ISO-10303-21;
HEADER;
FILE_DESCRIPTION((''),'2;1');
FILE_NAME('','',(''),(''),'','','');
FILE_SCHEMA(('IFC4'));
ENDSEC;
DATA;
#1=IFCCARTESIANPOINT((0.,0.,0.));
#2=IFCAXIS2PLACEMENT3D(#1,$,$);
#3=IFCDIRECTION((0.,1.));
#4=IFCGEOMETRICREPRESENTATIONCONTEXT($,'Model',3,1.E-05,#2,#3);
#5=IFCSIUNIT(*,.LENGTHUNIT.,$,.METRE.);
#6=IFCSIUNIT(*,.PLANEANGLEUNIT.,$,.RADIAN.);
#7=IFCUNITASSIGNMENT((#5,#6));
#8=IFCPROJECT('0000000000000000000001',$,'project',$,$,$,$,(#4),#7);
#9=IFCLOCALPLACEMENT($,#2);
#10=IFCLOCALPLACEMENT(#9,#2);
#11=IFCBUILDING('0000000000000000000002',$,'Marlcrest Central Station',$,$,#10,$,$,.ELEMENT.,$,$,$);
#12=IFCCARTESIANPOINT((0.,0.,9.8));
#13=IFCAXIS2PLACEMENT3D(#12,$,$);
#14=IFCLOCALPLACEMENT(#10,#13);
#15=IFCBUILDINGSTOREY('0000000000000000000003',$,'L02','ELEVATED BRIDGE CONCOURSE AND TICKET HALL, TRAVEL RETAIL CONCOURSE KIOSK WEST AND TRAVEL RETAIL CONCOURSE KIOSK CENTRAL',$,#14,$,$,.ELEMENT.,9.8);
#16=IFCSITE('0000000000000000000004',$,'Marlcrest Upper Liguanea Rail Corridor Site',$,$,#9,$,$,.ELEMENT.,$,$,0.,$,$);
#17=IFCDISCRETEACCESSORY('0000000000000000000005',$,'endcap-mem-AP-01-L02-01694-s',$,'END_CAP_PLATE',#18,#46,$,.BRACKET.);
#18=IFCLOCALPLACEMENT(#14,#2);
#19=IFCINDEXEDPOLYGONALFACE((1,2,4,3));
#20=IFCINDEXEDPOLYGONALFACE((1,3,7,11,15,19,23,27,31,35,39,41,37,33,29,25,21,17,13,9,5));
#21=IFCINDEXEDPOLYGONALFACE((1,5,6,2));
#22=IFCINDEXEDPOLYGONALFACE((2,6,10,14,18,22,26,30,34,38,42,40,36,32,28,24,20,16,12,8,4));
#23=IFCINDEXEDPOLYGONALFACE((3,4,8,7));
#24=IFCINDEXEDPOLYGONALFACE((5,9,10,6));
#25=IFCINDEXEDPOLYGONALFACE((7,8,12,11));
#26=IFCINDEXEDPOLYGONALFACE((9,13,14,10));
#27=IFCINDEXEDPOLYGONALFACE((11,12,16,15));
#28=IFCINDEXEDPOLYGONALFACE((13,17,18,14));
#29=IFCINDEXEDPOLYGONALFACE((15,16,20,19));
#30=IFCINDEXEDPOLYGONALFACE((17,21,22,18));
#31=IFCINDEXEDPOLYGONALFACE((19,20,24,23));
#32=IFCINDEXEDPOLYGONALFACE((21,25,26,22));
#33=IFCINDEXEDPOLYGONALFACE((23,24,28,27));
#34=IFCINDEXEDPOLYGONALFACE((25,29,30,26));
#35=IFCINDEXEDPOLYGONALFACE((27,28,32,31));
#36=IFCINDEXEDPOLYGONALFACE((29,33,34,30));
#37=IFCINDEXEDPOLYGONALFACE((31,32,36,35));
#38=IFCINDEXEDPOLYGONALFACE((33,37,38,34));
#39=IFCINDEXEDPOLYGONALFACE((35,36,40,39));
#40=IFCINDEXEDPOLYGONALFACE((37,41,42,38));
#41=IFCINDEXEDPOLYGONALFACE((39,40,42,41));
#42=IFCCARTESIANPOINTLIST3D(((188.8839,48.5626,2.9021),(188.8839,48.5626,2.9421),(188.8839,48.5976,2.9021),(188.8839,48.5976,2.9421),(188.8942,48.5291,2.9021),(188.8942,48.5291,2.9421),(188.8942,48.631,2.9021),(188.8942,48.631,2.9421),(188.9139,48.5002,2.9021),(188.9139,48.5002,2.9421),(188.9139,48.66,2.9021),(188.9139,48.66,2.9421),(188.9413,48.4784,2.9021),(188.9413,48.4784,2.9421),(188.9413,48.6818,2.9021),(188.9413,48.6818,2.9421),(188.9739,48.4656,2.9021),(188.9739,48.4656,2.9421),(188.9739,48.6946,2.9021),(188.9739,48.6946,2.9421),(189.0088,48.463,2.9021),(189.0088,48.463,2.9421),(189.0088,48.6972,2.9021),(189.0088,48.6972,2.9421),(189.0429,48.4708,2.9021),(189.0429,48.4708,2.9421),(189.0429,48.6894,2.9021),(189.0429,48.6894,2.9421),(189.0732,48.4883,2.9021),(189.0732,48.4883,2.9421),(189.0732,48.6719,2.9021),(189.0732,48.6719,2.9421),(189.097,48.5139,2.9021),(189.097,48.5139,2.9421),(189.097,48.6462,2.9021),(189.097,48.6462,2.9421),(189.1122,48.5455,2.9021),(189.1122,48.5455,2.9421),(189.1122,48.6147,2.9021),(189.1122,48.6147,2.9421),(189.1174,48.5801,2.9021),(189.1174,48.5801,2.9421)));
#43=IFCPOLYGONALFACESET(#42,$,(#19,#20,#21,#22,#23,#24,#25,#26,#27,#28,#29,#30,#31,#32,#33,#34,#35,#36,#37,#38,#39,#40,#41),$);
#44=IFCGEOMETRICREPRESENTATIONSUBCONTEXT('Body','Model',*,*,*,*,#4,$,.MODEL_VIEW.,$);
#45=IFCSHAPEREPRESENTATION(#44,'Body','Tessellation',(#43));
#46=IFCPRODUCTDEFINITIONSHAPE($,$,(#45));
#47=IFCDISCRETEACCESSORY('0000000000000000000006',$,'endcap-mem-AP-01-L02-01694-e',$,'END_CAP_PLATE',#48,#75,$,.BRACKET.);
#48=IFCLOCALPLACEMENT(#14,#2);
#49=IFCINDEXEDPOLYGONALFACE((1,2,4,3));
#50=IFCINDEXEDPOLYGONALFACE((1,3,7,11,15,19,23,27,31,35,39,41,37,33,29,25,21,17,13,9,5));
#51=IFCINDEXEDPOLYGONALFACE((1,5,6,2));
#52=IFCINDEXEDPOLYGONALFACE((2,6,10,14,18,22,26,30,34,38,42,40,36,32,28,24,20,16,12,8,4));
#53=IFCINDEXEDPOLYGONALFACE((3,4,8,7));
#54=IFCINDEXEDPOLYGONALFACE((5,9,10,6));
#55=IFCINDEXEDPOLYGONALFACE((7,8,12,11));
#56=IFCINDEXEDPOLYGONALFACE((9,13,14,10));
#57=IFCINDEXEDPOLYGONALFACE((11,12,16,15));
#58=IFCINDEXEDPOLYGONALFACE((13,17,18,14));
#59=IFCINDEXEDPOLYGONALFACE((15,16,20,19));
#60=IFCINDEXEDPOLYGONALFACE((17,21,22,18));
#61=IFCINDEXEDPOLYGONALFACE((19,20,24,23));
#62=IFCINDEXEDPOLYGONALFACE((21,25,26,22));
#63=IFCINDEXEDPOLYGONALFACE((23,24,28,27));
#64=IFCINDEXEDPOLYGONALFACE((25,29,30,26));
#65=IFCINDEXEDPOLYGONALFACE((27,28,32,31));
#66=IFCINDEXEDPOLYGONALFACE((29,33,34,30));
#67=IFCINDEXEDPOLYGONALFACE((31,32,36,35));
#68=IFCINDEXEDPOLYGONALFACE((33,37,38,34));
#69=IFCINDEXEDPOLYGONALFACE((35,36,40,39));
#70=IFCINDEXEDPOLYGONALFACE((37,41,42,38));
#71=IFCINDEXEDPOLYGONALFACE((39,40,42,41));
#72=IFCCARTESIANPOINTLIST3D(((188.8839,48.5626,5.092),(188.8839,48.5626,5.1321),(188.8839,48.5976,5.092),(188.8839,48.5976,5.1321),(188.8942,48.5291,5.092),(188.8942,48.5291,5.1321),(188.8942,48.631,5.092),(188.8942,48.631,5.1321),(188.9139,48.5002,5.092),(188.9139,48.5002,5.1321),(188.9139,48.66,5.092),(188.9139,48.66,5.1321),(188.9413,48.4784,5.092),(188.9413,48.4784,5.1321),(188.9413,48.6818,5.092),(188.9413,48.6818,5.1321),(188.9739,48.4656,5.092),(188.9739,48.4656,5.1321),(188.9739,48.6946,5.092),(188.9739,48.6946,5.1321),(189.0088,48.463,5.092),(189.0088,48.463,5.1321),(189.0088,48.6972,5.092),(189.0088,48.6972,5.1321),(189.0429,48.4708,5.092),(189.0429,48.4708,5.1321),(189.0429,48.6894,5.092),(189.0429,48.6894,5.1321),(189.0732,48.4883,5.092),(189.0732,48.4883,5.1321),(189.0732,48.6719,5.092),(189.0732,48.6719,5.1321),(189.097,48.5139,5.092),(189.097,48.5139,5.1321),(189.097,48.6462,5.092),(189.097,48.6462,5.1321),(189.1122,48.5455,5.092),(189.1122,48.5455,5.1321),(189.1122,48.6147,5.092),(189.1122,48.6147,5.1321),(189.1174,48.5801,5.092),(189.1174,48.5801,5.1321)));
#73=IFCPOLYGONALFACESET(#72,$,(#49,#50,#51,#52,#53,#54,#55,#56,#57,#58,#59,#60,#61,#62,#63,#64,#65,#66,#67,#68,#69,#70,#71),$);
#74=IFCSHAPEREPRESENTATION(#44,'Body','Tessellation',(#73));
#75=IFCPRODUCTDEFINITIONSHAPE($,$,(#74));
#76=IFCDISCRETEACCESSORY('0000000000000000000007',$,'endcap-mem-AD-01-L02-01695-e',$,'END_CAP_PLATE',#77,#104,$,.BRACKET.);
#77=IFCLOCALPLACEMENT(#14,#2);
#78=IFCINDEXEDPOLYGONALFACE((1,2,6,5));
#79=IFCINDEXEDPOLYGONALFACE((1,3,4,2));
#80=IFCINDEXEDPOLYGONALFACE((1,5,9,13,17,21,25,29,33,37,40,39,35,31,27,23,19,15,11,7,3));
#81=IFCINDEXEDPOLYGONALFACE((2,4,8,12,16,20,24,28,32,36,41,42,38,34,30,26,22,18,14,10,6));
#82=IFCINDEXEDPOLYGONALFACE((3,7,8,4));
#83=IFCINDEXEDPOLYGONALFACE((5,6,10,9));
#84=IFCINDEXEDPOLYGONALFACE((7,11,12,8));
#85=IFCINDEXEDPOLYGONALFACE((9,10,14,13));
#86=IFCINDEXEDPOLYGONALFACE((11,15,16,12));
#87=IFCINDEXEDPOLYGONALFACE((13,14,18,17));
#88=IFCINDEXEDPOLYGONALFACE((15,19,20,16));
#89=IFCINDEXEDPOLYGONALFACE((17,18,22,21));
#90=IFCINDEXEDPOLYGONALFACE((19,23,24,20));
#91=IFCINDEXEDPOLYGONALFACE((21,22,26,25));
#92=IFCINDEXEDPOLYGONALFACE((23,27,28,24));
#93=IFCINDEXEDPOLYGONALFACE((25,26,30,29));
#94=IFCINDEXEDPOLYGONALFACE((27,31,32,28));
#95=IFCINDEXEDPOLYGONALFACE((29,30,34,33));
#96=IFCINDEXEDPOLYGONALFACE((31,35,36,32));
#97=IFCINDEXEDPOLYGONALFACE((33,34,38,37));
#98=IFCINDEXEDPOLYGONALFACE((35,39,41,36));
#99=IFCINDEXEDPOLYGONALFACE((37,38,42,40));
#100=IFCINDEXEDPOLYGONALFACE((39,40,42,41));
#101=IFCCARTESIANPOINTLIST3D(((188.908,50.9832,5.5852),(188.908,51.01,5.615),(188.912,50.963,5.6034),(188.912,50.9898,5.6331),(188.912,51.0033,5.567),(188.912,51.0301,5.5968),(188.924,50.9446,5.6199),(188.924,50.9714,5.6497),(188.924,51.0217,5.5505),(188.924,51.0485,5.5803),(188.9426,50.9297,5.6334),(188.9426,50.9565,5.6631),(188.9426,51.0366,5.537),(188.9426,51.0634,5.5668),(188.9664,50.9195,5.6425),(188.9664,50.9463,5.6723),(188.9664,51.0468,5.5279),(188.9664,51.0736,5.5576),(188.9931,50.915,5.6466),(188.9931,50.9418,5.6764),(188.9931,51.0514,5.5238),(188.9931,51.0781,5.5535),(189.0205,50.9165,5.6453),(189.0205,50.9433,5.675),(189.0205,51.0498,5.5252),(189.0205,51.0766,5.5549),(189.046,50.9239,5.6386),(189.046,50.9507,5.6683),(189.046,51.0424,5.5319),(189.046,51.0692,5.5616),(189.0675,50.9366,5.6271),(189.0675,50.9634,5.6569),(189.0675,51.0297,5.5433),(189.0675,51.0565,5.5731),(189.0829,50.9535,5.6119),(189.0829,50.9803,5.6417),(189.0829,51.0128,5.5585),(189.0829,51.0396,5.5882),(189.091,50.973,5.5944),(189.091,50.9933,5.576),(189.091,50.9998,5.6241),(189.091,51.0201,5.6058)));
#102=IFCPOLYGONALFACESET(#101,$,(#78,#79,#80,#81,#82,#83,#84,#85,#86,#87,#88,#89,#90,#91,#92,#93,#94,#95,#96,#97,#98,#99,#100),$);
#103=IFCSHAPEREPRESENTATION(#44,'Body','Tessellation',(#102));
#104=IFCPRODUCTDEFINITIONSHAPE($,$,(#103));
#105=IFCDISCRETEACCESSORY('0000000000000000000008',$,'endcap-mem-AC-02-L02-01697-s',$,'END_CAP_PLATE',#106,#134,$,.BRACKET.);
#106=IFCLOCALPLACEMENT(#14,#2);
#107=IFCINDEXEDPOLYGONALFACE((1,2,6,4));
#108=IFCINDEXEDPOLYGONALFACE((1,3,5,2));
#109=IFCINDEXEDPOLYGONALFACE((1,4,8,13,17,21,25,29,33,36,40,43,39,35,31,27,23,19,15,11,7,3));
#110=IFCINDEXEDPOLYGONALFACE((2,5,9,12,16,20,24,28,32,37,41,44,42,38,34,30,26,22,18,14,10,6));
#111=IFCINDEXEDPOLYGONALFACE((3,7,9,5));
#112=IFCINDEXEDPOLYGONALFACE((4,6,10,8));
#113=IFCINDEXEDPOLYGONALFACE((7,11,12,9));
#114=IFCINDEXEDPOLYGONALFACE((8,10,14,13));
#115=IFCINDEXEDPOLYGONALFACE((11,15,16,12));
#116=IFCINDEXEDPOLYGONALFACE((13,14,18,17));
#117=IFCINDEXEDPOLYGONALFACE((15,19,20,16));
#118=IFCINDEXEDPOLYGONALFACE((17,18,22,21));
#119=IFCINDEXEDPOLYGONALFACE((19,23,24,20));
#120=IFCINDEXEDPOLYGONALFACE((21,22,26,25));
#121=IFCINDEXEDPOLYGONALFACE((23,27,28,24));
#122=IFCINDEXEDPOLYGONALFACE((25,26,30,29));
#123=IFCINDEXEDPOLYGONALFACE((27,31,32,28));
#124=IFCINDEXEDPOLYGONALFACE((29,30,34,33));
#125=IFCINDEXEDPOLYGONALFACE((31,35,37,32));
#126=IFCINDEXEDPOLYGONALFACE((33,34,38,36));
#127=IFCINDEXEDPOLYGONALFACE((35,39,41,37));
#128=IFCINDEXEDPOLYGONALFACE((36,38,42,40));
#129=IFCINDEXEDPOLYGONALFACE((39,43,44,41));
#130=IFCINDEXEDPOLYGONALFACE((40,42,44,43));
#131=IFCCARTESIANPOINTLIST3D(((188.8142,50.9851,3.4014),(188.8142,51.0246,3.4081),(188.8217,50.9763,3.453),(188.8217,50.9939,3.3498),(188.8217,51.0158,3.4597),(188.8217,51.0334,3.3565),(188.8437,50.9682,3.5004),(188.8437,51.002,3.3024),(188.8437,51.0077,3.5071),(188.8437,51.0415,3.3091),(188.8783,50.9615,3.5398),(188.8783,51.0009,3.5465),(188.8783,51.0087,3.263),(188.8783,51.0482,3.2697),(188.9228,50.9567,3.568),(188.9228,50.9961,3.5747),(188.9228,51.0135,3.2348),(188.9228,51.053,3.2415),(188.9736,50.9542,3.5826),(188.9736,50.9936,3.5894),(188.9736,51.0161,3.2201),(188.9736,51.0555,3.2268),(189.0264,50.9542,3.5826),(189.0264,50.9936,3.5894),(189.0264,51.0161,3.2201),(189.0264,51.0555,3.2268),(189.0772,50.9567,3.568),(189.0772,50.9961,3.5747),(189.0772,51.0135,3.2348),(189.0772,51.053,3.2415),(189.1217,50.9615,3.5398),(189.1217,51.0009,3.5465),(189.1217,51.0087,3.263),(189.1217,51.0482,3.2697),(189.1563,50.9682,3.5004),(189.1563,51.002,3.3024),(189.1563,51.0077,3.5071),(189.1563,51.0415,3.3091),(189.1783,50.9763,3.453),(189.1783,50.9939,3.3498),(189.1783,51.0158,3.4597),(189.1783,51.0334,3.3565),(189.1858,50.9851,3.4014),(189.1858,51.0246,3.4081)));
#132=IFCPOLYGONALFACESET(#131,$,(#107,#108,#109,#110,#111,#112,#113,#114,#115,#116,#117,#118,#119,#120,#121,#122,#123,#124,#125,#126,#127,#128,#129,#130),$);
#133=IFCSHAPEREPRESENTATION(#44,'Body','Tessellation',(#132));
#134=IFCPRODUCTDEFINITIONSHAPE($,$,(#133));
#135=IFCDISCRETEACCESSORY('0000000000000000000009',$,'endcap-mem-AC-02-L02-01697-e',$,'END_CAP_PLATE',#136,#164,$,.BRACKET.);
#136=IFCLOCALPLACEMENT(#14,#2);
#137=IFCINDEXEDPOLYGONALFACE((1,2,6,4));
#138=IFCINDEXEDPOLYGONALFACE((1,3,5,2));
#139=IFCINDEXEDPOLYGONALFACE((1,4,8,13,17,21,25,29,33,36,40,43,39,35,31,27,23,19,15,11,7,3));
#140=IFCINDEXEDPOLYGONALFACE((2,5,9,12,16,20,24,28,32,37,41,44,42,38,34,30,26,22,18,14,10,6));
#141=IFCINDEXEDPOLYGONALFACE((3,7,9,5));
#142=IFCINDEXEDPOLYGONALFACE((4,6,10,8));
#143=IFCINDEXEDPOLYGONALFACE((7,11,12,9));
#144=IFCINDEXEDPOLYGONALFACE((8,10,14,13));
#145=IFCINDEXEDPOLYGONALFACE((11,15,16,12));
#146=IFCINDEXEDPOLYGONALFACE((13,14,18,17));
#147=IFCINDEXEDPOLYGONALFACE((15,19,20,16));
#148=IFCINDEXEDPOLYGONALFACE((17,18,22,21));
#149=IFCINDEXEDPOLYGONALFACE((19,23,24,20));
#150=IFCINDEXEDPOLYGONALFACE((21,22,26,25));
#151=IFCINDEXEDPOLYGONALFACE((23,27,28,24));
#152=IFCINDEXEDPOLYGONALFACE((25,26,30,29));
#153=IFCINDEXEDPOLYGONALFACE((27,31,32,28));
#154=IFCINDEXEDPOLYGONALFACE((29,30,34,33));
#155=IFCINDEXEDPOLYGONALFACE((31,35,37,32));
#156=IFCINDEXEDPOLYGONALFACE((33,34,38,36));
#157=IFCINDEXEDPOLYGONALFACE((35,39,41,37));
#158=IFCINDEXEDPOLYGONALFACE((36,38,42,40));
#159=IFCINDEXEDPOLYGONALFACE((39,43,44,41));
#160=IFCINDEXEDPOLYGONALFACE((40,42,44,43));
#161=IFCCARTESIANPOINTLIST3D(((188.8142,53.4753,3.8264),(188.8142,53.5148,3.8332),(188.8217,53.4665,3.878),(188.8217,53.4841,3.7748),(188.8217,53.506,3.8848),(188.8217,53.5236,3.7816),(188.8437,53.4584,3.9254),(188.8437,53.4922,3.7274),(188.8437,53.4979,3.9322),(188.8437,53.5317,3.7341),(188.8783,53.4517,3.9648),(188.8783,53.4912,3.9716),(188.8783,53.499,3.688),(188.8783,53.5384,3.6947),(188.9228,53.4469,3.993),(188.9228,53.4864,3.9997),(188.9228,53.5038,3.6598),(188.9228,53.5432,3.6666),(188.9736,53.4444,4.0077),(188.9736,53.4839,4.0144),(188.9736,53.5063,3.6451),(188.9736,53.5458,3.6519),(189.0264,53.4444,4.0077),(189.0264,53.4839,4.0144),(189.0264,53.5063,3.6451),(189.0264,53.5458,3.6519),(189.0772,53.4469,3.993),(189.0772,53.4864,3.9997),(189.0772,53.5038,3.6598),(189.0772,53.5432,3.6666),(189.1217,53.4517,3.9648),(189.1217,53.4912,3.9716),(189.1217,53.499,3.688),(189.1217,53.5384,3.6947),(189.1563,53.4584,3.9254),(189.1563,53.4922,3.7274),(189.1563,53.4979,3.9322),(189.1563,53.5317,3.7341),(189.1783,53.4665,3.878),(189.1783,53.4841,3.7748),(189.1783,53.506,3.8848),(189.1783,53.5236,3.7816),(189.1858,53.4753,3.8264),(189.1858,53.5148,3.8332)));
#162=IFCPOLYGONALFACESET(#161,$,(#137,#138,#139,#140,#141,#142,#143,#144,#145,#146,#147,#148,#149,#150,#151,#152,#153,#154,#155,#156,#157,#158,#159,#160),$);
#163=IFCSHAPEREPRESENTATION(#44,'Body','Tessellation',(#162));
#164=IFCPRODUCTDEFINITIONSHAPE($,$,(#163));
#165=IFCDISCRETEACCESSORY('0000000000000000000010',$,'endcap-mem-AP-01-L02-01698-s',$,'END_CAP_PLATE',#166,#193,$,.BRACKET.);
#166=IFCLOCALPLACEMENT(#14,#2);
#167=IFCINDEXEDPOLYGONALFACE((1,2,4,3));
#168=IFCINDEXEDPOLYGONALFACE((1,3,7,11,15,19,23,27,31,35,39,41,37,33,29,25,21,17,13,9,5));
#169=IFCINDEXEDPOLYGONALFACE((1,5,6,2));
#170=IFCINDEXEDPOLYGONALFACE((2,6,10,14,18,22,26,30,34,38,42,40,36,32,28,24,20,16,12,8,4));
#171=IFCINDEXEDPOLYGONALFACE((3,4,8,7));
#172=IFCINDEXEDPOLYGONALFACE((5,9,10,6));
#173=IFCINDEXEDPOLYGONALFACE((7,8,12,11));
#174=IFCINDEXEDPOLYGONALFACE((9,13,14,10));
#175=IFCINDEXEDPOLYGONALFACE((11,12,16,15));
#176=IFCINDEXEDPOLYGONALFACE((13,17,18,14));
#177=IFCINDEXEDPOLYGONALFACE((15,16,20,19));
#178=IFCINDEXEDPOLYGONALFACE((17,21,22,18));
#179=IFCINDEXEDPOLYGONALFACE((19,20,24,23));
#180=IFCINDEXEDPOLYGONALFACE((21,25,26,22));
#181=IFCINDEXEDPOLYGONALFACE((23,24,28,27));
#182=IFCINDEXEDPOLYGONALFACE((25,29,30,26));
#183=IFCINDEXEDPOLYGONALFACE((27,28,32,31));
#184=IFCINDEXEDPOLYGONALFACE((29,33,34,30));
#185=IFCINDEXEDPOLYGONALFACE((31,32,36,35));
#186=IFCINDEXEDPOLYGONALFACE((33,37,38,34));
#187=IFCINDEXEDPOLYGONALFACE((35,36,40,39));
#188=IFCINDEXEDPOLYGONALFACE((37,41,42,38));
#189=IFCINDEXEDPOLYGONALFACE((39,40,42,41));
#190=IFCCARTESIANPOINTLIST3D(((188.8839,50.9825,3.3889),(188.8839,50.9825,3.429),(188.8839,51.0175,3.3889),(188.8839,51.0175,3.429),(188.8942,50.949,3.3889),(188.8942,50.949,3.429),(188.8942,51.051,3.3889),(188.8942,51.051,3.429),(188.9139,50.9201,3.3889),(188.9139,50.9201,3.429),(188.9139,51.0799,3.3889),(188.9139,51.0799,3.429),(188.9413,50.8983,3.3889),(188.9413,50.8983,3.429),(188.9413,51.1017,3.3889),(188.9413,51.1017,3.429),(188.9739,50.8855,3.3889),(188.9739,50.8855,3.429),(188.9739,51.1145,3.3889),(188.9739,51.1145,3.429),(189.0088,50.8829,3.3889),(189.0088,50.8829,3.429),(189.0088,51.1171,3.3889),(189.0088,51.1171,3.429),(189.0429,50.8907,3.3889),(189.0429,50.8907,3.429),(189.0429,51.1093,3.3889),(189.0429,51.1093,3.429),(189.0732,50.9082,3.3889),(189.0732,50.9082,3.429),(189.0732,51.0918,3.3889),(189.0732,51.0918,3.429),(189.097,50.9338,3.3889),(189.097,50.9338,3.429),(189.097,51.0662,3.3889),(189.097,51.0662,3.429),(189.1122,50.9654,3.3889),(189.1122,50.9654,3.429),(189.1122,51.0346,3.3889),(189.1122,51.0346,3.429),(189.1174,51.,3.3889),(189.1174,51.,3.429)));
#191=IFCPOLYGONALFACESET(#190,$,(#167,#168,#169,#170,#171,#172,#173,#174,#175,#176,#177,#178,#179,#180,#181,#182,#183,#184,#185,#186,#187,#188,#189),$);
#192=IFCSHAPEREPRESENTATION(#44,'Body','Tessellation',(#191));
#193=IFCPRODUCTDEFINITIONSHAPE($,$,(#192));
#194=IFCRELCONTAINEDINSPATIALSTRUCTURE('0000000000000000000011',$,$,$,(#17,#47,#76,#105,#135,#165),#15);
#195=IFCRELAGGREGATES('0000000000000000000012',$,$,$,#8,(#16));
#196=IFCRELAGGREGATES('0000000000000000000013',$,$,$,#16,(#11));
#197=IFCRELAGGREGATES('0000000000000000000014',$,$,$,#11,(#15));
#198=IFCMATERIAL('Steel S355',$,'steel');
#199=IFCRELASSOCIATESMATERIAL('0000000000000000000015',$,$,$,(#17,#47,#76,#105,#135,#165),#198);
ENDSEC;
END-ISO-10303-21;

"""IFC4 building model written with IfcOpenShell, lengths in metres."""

from ifc_helpers import new_model, si_unit, direction, frame, origin, origin_2d, place, context, subcontext, project, spatial, circle, extrude, material, element, save


model = new_model("IFC4")

# Units and contexts
model_context = context("Model", 3, precision=1e-05, world=origin(), true_north=direction((0.0, 1.0)))
body_context = subcontext(model_context, "Body", "Model", "MODEL_VIEW")
ifc_project = project(units=[si_unit("LENGTHUNIT", "METRE"), si_unit("PLANEANGLEUNIT", "RADIAN")], contexts=[model_context])

# Site, building, storey
site_placement = place(None, origin())
site = spatial("IfcSite", under=ifc_project, at=site_placement, Name="Marlcrest Upper Liguanea Rail Corridor Site", CompositionType="ELEMENT", RefElevation=0.0)
building_placement = place(site_placement, origin())
building = spatial("IfcBuilding", under=site, at=building_placement, Name="Marlcrest Central Station", CompositionType="ELEMENT")
storey_placement = place(building_placement, frame((0.0, 0.0, 9.8)))
storey = spatial("IfcBuildingStorey", under=building, at=storey_placement, Name="L02", Description="ELEVATED BRIDGE CONCOURSE AND TICKET HALL, TRAVEL RETAIL CONCOURSE KIOSK WEST AND TRAVEL RETAIL CONCOURSE KIOSK CENTRAL", CompositionType="ELEMENT", Elevation=9.8)

# Shared definitions
ifc_material = material(Name="Steel S355", Category="steel")

# Discrete accessories
for number, where, z_axis, x_axis, name in (
    (1, (189.0, 48.5801, 2.9021), (0.0, 0.0, 1.0), (1.0, 0.0, 0.0), "endcap-mem-AP-01-L02-01694-s"),
    (2, (189.0, 48.5801, 5.092), (0.0, 0.0, 1.0), (1.0, 0.0, 0.0), "endcap-mem-AP-01-L02-01694-e"),
):
    element("IfcDiscreteAccessory", number, at=place(storey_placement, frame(where, z_axis=z_axis, x_axis=x_axis)), inside=storey, material=ifc_material, Name=name, ObjectType="END_CAP_PLATE", PredefinedType="BRACKET", context=body_context, shape_type="SweptSolid", body=[
        extrude(circle(Radius=0.1174, at=origin_2d()), origin(), (0.0, 0.0, 1.0), 0.04),
    ])
discrete_accessory_1_placement = place(storey_placement, frame((189.0, 50.9832, 5.5852), z_axis=(0.0, 0.669244, 0.743042), x_axis=(-1.0, 0.0, 0.0)))
element("IfcDiscreteAccessory", 3, at=discrete_accessory_1_placement, inside=storey, material=ifc_material, Name="endcap-mem-AD-01-L02-01695-e", ObjectType="END_CAP_PLATE", PredefinedType="BRACKET", context=body_context, shape_type="SweptSolid", body=[
    extrude(circle(Radius=0.092, at=origin_2d()), origin(), (0.0, 0.0, 1.0), 0.04),
])
for number, where, z_axis, x_axis, name in (
    (4, (189.0, 50.9851, 3.4014), (0.0, 0.985741, 0.168269), (-1.0, 0.0, 0.0), "endcap-mem-AC-02-L02-01697-s"),
    (5, (189.0, 53.4753, 3.8264), (0.0, 0.985741, 0.168269), (-1.0, 0.0, 0.0), "endcap-mem-AC-02-L02-01697-e"),
):
    element("IfcDiscreteAccessory", number, at=place(storey_placement, frame(where, z_axis=z_axis, x_axis=x_axis)), inside=storey, material=ifc_material, Name=name, ObjectType="END_CAP_PLATE", PredefinedType="BRACKET", context=body_context, shape_type="SweptSolid", body=[
        extrude(circle(Radius=0.1858, at=origin_2d()), origin(), (0.0, 0.0, 1.0), 0.04),
    ])
for number, where, z_axis, x_axis, name in (
    (6, (189.0, 51.0, 3.3889), (0.0, 0.0, 1.0), (1.0, 0.0, 0.0), "endcap-mem-AP-01-L02-01698-s"),
):
    element("IfcDiscreteAccessory", number, at=place(storey_placement, frame(where, z_axis=z_axis, x_axis=x_axis)), inside=storey, material=ifc_material, Name=name, ObjectType="END_CAP_PLATE", PredefinedType="BRACKET", context=body_context, shape_type="SweptSolid", body=[
        extrude(circle(Radius=0.1174, at=origin_2d()), origin(), (0.0, 0.0, 1.0), 0.04),
    ])

save(model, "model.ifc")
